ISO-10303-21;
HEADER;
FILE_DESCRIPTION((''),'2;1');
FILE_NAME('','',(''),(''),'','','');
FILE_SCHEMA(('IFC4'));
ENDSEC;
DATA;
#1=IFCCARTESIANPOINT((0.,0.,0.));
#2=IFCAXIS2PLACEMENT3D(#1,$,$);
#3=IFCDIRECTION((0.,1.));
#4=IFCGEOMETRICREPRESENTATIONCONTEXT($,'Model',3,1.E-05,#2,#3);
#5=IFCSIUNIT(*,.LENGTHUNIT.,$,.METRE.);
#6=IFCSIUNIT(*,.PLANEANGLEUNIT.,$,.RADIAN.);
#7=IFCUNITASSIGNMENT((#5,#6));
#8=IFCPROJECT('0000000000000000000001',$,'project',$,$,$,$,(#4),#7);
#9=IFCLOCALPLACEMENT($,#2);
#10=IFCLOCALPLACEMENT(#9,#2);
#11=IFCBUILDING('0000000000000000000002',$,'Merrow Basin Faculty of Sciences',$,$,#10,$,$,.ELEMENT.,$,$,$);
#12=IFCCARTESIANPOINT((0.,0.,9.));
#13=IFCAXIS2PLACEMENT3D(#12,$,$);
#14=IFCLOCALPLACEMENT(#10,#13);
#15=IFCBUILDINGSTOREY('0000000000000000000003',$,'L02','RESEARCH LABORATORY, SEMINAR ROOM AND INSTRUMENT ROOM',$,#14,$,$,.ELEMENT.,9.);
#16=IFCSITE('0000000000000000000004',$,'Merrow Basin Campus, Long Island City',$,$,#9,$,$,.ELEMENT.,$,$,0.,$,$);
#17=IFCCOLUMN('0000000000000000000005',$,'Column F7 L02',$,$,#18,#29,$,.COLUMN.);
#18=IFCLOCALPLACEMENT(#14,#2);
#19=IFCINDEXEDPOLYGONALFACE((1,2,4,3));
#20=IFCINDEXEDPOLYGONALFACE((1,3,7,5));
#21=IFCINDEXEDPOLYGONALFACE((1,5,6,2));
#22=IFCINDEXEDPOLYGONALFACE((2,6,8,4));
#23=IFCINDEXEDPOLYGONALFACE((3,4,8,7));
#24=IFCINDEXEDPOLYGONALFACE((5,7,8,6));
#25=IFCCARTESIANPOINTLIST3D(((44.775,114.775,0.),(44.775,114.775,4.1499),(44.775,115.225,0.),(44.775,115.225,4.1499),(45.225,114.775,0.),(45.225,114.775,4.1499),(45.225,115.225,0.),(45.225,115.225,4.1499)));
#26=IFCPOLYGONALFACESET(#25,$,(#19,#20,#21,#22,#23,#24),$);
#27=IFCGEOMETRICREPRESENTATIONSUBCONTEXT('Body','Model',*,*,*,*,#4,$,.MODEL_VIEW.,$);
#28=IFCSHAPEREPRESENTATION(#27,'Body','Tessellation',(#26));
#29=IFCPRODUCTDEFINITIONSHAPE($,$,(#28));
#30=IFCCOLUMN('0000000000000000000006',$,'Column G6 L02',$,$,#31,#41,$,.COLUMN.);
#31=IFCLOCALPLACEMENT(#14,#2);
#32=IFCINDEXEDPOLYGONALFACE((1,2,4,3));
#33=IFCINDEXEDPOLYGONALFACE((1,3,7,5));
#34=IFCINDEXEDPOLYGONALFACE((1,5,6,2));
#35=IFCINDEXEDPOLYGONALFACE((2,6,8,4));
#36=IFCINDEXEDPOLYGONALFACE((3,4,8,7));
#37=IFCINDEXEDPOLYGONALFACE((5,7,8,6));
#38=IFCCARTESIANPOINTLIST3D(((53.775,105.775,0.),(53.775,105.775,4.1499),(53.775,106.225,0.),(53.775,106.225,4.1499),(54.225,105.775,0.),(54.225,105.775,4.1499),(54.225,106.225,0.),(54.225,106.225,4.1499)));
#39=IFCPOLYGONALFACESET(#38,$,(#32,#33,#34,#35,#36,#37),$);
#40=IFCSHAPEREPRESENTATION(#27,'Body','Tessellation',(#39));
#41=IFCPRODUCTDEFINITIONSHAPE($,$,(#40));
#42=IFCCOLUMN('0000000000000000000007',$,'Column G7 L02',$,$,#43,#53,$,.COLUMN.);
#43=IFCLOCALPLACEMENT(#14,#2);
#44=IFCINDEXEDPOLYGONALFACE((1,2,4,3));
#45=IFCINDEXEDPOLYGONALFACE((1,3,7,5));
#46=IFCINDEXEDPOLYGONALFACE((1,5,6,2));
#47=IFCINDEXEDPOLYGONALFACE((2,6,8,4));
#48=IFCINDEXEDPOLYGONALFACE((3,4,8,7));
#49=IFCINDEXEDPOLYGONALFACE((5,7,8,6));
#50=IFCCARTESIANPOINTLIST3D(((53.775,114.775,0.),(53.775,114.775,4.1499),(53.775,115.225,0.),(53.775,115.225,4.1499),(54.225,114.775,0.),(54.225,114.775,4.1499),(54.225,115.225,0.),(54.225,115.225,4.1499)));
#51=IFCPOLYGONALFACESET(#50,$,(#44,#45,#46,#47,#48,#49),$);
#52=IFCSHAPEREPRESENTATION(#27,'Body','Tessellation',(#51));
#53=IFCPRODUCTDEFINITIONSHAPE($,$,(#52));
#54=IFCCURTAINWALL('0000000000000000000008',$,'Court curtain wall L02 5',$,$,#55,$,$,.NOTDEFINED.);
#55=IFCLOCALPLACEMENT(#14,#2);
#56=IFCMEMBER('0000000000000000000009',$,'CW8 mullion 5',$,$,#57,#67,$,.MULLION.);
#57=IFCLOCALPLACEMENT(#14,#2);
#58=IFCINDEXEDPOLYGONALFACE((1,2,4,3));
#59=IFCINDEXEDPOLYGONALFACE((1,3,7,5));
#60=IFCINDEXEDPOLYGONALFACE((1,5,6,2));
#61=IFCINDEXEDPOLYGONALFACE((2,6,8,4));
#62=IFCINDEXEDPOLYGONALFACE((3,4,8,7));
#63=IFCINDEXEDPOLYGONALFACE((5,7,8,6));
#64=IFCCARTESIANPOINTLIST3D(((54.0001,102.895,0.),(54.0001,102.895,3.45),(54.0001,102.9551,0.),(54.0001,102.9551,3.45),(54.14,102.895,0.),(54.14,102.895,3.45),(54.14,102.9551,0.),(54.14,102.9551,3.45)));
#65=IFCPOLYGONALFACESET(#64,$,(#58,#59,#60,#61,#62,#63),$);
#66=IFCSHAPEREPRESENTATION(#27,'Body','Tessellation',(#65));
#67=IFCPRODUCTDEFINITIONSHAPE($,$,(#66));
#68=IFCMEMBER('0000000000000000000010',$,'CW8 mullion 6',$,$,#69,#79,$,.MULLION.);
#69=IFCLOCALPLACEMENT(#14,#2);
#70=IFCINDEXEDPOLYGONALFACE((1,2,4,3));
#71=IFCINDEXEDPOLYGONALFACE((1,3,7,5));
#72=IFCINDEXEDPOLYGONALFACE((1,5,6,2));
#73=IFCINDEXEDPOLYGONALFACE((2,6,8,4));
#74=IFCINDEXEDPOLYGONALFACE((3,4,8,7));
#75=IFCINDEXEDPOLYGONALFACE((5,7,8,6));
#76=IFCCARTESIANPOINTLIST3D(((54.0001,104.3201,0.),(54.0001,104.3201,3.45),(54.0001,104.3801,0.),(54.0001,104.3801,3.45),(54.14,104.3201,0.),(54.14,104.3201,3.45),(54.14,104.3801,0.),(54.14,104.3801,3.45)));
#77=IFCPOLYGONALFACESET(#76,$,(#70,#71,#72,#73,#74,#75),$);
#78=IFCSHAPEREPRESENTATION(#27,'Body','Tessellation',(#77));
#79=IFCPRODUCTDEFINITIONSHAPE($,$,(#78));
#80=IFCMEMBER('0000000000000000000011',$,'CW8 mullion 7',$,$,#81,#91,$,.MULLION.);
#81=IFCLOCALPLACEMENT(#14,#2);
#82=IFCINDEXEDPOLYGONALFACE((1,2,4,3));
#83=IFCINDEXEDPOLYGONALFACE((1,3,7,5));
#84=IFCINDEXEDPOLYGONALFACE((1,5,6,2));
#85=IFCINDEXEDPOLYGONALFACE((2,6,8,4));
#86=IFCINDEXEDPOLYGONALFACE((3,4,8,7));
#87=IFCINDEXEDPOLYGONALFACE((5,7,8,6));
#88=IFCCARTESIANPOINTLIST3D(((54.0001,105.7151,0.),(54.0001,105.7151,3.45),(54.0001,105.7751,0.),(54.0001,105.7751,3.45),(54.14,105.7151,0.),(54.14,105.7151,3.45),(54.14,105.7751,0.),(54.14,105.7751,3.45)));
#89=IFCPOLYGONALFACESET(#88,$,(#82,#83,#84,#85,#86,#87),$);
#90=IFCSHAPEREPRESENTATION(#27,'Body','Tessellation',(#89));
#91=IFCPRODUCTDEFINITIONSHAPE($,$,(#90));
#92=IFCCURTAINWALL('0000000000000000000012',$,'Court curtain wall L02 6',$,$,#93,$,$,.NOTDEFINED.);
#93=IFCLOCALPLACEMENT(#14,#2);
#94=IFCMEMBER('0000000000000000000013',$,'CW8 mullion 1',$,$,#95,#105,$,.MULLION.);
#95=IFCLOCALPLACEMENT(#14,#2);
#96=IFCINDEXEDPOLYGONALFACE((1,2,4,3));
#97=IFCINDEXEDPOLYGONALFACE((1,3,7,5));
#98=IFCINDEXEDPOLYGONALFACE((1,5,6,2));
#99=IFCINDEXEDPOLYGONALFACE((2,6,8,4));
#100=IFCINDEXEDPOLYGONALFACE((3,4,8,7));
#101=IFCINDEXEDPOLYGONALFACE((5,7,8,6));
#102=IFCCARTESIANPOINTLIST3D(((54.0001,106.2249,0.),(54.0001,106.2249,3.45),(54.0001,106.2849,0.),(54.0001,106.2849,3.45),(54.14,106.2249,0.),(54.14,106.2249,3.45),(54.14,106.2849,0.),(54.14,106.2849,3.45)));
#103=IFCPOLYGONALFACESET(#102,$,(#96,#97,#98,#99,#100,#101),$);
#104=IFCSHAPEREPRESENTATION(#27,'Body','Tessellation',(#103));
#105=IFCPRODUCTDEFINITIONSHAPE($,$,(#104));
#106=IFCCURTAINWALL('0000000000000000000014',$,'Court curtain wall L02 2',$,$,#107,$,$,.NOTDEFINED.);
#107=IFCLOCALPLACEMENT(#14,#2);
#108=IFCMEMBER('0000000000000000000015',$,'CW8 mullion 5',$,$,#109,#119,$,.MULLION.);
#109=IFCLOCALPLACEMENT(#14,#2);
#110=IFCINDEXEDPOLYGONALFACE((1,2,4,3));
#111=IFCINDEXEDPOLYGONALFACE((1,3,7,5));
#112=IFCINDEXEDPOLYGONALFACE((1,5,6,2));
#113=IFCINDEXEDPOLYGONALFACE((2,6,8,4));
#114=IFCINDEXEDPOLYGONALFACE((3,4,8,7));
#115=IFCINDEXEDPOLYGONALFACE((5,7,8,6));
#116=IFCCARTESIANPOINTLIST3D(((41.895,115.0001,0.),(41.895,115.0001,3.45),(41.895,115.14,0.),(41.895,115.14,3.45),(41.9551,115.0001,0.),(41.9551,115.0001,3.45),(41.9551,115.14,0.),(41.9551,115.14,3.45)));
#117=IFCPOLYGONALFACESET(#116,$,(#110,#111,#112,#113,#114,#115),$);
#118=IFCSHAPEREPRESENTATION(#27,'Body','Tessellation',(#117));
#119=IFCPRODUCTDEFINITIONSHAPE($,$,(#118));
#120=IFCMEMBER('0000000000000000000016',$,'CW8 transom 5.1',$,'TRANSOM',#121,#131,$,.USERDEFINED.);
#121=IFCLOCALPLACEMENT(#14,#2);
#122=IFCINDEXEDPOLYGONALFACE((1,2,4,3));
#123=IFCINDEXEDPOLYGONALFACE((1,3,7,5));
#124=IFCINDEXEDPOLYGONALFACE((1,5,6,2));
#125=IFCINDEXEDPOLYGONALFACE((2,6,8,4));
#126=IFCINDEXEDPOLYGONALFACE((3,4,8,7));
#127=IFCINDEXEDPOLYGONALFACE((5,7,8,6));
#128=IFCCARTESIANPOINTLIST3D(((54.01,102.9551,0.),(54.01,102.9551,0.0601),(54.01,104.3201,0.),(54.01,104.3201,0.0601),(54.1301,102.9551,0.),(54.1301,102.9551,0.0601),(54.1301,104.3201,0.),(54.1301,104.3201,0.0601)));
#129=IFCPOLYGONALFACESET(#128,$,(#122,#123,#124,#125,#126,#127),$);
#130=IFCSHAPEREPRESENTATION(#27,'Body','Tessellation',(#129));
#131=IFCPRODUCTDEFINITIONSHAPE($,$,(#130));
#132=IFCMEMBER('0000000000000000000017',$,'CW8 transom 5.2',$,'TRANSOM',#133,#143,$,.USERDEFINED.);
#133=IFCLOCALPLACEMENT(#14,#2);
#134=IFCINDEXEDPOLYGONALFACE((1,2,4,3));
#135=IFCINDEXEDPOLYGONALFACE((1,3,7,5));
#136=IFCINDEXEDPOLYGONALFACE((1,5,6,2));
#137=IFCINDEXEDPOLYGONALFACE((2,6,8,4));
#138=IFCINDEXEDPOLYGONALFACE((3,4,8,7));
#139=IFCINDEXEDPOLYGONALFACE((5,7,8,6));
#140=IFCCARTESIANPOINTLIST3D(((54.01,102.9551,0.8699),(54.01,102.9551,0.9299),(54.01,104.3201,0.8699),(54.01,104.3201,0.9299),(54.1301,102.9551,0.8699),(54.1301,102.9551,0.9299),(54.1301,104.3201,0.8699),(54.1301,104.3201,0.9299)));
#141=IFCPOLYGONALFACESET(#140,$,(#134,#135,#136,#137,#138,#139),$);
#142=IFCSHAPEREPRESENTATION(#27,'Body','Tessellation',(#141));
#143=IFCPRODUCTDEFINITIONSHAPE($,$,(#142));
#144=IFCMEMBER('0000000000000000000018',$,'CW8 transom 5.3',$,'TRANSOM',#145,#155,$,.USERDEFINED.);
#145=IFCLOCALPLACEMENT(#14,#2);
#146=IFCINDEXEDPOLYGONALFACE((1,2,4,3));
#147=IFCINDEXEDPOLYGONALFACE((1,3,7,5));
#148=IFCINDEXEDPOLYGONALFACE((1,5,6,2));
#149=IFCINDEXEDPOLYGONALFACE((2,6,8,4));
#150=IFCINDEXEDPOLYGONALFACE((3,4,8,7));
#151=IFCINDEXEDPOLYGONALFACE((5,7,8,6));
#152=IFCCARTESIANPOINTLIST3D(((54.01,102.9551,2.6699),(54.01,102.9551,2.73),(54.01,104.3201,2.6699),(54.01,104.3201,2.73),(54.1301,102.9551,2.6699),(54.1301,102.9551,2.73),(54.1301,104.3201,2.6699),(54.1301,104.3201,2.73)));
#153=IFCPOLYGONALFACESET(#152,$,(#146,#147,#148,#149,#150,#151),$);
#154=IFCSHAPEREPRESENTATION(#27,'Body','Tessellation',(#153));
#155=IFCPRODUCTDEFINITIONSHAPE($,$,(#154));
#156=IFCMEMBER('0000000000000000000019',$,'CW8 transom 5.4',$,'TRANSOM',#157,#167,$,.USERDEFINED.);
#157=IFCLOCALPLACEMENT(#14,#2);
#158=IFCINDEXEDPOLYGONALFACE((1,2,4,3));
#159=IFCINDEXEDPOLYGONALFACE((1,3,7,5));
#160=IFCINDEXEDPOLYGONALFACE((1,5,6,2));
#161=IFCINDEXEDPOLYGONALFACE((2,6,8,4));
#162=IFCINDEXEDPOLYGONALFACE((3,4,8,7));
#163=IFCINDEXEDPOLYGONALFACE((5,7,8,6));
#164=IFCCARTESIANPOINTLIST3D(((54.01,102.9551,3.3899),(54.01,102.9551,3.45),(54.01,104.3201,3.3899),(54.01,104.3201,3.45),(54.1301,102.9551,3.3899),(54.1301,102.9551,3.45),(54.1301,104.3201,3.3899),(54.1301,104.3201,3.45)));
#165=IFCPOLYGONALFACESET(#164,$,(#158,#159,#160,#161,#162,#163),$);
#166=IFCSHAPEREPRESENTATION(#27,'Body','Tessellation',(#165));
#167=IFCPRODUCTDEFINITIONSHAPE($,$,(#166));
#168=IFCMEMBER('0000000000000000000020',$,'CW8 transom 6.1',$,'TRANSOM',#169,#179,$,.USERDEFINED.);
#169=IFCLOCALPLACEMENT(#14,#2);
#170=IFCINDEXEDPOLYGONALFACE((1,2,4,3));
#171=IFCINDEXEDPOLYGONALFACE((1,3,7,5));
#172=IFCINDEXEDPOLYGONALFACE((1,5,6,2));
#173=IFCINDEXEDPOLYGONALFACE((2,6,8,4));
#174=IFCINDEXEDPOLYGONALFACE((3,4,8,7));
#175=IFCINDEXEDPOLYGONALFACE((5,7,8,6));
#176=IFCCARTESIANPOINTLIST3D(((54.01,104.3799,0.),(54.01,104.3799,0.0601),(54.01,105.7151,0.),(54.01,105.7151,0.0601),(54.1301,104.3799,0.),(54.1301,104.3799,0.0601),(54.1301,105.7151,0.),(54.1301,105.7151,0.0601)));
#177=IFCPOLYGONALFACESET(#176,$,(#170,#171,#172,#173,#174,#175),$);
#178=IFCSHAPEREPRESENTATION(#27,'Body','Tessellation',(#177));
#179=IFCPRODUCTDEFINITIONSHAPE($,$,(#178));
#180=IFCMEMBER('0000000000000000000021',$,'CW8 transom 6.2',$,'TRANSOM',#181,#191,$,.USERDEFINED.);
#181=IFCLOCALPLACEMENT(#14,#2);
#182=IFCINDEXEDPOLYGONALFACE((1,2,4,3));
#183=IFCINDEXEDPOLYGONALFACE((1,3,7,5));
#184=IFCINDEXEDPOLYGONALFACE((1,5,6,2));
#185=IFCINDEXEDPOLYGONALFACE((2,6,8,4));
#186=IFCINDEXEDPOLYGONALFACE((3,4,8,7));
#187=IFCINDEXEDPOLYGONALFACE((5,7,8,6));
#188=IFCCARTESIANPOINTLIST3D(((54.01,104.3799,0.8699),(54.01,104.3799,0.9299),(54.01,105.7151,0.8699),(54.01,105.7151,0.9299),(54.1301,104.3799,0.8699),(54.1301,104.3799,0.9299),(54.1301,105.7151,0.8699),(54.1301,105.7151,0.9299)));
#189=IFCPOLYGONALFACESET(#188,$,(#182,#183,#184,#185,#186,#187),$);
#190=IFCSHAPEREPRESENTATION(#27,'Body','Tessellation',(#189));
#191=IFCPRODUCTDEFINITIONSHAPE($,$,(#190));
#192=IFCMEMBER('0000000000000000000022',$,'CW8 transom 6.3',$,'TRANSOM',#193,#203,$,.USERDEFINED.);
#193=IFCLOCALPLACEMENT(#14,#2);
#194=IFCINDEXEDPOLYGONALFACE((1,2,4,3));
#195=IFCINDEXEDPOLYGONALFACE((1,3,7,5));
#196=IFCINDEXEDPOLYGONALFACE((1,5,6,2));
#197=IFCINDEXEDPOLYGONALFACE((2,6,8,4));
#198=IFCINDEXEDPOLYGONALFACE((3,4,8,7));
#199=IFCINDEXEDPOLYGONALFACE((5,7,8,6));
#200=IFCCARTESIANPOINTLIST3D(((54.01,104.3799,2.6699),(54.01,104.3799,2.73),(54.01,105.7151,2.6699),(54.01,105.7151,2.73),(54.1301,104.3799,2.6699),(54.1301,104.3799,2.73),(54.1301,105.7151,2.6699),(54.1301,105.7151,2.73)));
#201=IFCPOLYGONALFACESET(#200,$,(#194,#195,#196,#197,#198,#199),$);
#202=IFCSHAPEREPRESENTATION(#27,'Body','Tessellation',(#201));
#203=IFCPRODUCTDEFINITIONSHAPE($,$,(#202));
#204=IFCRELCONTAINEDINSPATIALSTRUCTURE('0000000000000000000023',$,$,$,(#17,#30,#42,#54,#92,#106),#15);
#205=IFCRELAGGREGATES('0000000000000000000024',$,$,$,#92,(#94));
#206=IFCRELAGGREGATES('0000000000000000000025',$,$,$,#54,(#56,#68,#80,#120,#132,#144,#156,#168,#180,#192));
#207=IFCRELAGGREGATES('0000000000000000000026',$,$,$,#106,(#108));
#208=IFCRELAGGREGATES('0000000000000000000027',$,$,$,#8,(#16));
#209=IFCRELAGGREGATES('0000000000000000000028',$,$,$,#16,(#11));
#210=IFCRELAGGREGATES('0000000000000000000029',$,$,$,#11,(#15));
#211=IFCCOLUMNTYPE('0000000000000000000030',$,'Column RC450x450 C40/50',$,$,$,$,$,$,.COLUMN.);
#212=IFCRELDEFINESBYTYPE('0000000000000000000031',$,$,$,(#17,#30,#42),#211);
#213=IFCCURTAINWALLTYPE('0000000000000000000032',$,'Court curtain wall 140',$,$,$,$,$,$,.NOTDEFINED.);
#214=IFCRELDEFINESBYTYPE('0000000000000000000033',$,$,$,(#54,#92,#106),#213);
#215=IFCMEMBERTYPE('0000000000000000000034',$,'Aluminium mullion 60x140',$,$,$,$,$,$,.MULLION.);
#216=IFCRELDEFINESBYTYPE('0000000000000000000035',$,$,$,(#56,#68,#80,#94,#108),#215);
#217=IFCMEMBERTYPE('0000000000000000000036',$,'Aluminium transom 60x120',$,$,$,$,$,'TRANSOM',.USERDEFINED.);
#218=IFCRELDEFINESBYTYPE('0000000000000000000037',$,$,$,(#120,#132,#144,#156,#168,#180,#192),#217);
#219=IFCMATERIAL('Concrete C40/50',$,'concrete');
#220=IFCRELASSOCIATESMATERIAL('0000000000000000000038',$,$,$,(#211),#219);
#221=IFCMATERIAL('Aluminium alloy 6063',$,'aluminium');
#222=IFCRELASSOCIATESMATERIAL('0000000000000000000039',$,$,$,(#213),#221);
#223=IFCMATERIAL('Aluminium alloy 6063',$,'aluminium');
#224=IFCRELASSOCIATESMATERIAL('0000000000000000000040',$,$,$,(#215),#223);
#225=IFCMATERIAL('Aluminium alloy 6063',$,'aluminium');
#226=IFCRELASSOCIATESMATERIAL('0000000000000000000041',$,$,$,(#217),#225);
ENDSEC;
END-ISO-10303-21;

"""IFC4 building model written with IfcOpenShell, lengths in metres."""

from ifc_helpers import new_model, si_unit, direction, frame, origin, origin_2d, place, context, subcontext, project, spatial, rectangle, extrude, material, material_profile, profile_set, type_object, element, aggregate, save


model = new_model("IFC4")

# Units and contexts
model_context = context("Model", 3, precision=1e-05, world=origin(), true_north=direction((0.0, 1.0)))
body_context = subcontext(model_context, "Body", "Model", "MODEL_VIEW")
ifc_project = project(units=[si_unit("LENGTHUNIT", "METRE"), si_unit("PLANEANGLEUNIT", "RADIAN")], contexts=[model_context])

# Site, building, storey
site_placement = place(None, origin())
site = spatial("IfcSite", under=ifc_project, at=site_placement, Name="Merrow Basin Campus, Long Island City", CompositionType="ELEMENT", RefElevation=0.0)
building_placement = place(site_placement, origin())
building = spatial("IfcBuilding", under=site, at=building_placement, Name="Merrow Basin Faculty of Sciences", CompositionType="ELEMENT")
storey_placement = place(building_placement, frame((0.0, 0.0, 9.0)))
storey = spatial("IfcBuildingStorey", under=building, at=storey_placement, Name="L02", Description="RESEARCH LABORATORY, SEMINAR ROOM AND INSTRUMENT ROOM", CompositionType="ELEMENT", Elevation=9.0)

# Columns
ifc_material_1 = material(Name="Concrete C40/50", Category="concrete")
ifc_material_profile_1 = material_profile(ifc_material_1, rectangle(XDim=0.45, YDim=0.45, at=origin_2d()))
ifc_profile_set_1 = profile_set([ifc_material_profile_1], Name="Concrete C40/50")
column_type = type_object("IfcColumnType", Name="Column RC450x450 C40/50", PredefinedType="COLUMN", material=ifc_profile_set_1)
for number, where, z_axis, x_axis, name in (
    (1, (45.0, 115.0, 0.0), (0.0, 0.0, 1.0), (1.0, 0.0, 0.0), "Column F7 L02"),
    (2, (54.0, 106.0, 0.0), (0.0, 0.0, 1.0), (1.0, 0.0, 0.0), "Column G6 L02"),
    (3, (54.0, 115.0, 0.0), (0.0, 0.0, 1.0), (1.0, 0.0, 0.0), "Column G7 L02"),
):
    element("IfcColumn", number, at=place(storey_placement, frame(where, z_axis=z_axis, x_axis=x_axis)), inside=storey, type_object=column_type, Name=name, PredefinedType="COLUMN", context=body_context, shape_type="SweptSolid", body=[
        extrude(rectangle(XDim=0.45, YDim=0.45, at=origin_2d()), origin(), (0.0, 0.0, 1.0), 4.1499),
    ])

# Curtain wall, members
ifc_material_2 = material(Name="Aluminium alloy 6063", Category="aluminium")
curtain_wall_type = type_object("IfcCurtainWallType", Name="Court curtain wall 140", PredefinedType="NOTDEFINED", material=ifc_material_2)
curtain_wall_1_placement = place(storey_placement, origin())
curtain_wall_1 = element("IfcCurtainWall", 4, at=curtain_wall_1_placement, inside=storey, type_object=curtain_wall_type, Name="Court curtain wall L02 5", PredefinedType="NOTDEFINED")
ifc_material_3 = material(Name="Aluminium alloy 6063", Category="aluminium")
ifc_material_profile_2 = material_profile(ifc_material_3, rectangle(XDim=0.1399, YDim=0.0601, at=origin_2d()))
ifc_profile_set_2 = profile_set([ifc_material_profile_2], Name="Aluminium alloy 6063")
member_type_1 = type_object("IfcMemberType", Name="Aluminium mullion 60x140", PredefinedType="MULLION", material=ifc_profile_set_2)
member_1_placement = place(storey_placement, frame((54.0701, 102.925, 0.0), z_axis=(0.0, 0.0, 1.0), x_axis=(-1.0, 0.0, 0.0)))
member_1 = element("IfcMember", 5, at=member_1_placement, type_object=member_type_1, Name="CW8 mullion 5", PredefinedType="MULLION", context=body_context, shape_type="SweptSolid", body=[
    extrude(rectangle(XDim=0.1399, YDim=0.0601, at=origin_2d()), origin(), (0.0, 0.0, 1.0), 3.45),
])
member_2_placement = place(storey_placement, frame((54.0701, 104.3501, 0.0), z_axis=(0.0, 0.0, 1.0), x_axis=(-1.0, 0.0, 0.0)))
member_2 = element("IfcMember", 6, at=member_2_placement, type_object=member_type_1, Name="CW8 mullion 6", PredefinedType="MULLION", context=body_context, shape_type="SweptSolid", body=[
    extrude(rectangle(XDim=0.1399, YDim=0.0601, at=origin_2d()), origin(), (0.0, 0.0, 1.0), 3.45),
])
member_3_placement = place(storey_placement, frame((54.0701, 105.7451, 0.0), z_axis=(0.0, 0.0, 1.0), x_axis=(-1.0, 0.0, 0.0)))
member_3 = element("IfcMember", 7, at=member_3_placement, type_object=member_type_1, Name="CW8 mullion 7", PredefinedType="MULLION", context=body_context, shape_type="SweptSolid", body=[
    extrude(rectangle(XDim=0.1399, YDim=0.0601, at=origin_2d()), origin(), (0.0, 0.0, 1.0), 3.45),
])

# Curtain walls, members
curtain_wall_2_placement = place(storey_placement, origin())
curtain_wall_2 = element("IfcCurtainWall", 8, at=curtain_wall_2_placement, inside=storey, type_object=curtain_wall_type, Name="Court curtain wall L02 6", PredefinedType="NOTDEFINED")
member_4_placement = place(storey_placement, frame((54.0701, 106.2549, 0.0), z_axis=(0.0, 0.0, 1.0), x_axis=(-1.0, 0.0, 0.0)))
member_4 = element("IfcMember", 9, at=member_4_placement, type_object=member_type_1, Name="CW8 mullion 1", PredefinedType="MULLION", context=body_context, shape_type="SweptSolid", body=[
    extrude(rectangle(XDim=0.1399, YDim=0.0601, at=origin_2d()), origin(), (0.0, 0.0, 1.0), 3.45),
])
curtain_wall_3_placement = place(storey_placement, origin())
curtain_wall_3 = element("IfcCurtainWall", 10, at=curtain_wall_3_placement, inside=storey, type_object=curtain_wall_type, Name="Court curtain wall L02 2", PredefinedType="NOTDEFINED")
member_5_placement = place(storey_placement, frame((41.925, 115.0701, 0.0), z_axis=(0.0, 0.0, 1.0), x_axis=(0.0, 1.0, 0.0)))
member_5 = element("IfcMember", 11, at=member_5_placement, type_object=member_type_1, Name="CW8 mullion 5", PredefinedType="MULLION", context=body_context, shape_type="SweptSolid", body=[
    extrude(rectangle(XDim=0.1399, YDim=0.0601, at=origin_2d()), origin(), (0.0, 0.0, 1.0), 3.45),
])

# Members
ifc_material_4 = material(Name="Aluminium alloy 6063", Category="aluminium")
ifc_material_profile_3 = material_profile(ifc_material_4, rectangle(XDim=0.1201, YDim=0.0601, at=origin_2d()))
ifc_profile_set_3 = profile_set([ifc_material_profile_3], Name="Aluminium alloy 6063")
member_type_2 = type_object("IfcMemberType", Name="Aluminium transom 60x120", ElementType="TRANSOM", PredefinedType="USERDEFINED", material=ifc_profile_set_3)
member_6_placement = place(storey_placement, frame((54.0701, 102.9551, 0.03), z_axis=(0.0, 1.0, 0.0), x_axis=(-1.0, 0.0, 0.0)))
member_6 = element("IfcMember", 12, at=member_6_placement, type_object=member_type_2, Name="CW8 transom 5.1", ObjectType="TRANSOM", PredefinedType="USERDEFINED", context=body_context, shape_type="SweptSolid", body=[
    extrude(rectangle(XDim=0.1201, YDim=0.0601, at=origin_2d()), origin(), (0.0, 0.0, 1.0), 1.365),
])
member_7_placement = place(storey_placement, frame((54.0701, 102.9551, 0.8999), z_axis=(0.0, 1.0, 0.0), x_axis=(-1.0, 0.0, 0.0)))
member_7 = element("IfcMember", 13, at=member_7_placement, type_object=member_type_2, Name="CW8 transom 5.2", ObjectType="TRANSOM", PredefinedType="USERDEFINED", context=body_context, shape_type="SweptSolid", body=[
    extrude(rectangle(XDim=0.1201, YDim=0.0601, at=origin_2d()), origin(), (0.0, 0.0, 1.0), 1.365),
])
member_8_placement = place(storey_placement, frame((54.0701, 102.9551, 2.7), z_axis=(0.0, 1.0, 0.0), x_axis=(-1.0, 0.0, 0.0)))
member_8 = element("IfcMember", 14, at=member_8_placement, type_object=member_type_2, Name="CW8 transom 5.3", ObjectType="TRANSOM", PredefinedType="USERDEFINED", context=body_context, shape_type="SweptSolid", body=[
    extrude(rectangle(XDim=0.1201, YDim=0.0601, at=origin_2d()), origin(), (0.0, 0.0, 1.0), 1.365),
])
member_9_placement = place(storey_placement, frame((54.0701, 102.9551, 3.4199), z_axis=(0.0, 1.0, 0.0), x_axis=(-1.0, 0.0, 0.0)))
member_9 = element("IfcMember", 15, at=member_9_placement, type_object=member_type_2, Name="CW8 transom 5.4", ObjectType="TRANSOM", PredefinedType="USERDEFINED", context=body_context, shape_type="SweptSolid", body=[
    extrude(rectangle(XDim=0.1201, YDim=0.0601, at=origin_2d()), origin(), (0.0, 0.0, 1.0), 1.365),
])
member_10_placement = place(storey_placement, frame((54.0701, 104.3799, 0.03), z_axis=(0.0, 1.0, 0.0), x_axis=(-1.0, 0.0, 0.0)))
member_10 = element("IfcMember", 16, at=member_10_placement, type_object=member_type_2, Name="CW8 transom 6.1", ObjectType="TRANSOM", PredefinedType="USERDEFINED", context=body_context, shape_type="SweptSolid", body=[
    extrude(rectangle(XDim=0.1201, YDim=0.0601, at=origin_2d()), origin(), (0.0, 0.0, 1.0), 1.3352),
])
member_11_placement = place(storey_placement, frame((54.0701, 104.3799, 0.8999), z_axis=(0.0, 1.0, 0.0), x_axis=(-1.0, 0.0, 0.0)))
member_11 = element("IfcMember", 17, at=member_11_placement, type_object=member_type_2, Name="CW8 transom 6.2", ObjectType="TRANSOM", PredefinedType="USERDEFINED", context=body_context, shape_type="SweptSolid", body=[
    extrude(rectangle(XDim=0.1201, YDim=0.0601, at=origin_2d()), origin(), (0.0, 0.0, 1.0), 1.3352),
])
member_12_placement = place(storey_placement, frame((54.0701, 104.3799, 2.7), z_axis=(0.0, 1.0, 0.0), x_axis=(-1.0, 0.0, 0.0)))
member_12 = element("IfcMember", 18, at=member_12_placement, type_object=member_type_2, Name="CW8 transom 6.3", ObjectType="TRANSOM", PredefinedType="USERDEFINED", context=body_context, shape_type="SweptSolid", body=[
    extrude(rectangle(XDim=0.1201, YDim=0.0601, at=origin_2d()), origin(), (0.0, 0.0, 1.0), 1.3352),
])
aggregate(curtain_wall_2, [member_4])

aggregate(curtain_wall_1, [member_1, member_2, member_3, member_6, member_7, member_8, member_9, member_10, member_11, member_12])
aggregate(curtain_wall_3, [member_5])

save(model, "model.ifc")
